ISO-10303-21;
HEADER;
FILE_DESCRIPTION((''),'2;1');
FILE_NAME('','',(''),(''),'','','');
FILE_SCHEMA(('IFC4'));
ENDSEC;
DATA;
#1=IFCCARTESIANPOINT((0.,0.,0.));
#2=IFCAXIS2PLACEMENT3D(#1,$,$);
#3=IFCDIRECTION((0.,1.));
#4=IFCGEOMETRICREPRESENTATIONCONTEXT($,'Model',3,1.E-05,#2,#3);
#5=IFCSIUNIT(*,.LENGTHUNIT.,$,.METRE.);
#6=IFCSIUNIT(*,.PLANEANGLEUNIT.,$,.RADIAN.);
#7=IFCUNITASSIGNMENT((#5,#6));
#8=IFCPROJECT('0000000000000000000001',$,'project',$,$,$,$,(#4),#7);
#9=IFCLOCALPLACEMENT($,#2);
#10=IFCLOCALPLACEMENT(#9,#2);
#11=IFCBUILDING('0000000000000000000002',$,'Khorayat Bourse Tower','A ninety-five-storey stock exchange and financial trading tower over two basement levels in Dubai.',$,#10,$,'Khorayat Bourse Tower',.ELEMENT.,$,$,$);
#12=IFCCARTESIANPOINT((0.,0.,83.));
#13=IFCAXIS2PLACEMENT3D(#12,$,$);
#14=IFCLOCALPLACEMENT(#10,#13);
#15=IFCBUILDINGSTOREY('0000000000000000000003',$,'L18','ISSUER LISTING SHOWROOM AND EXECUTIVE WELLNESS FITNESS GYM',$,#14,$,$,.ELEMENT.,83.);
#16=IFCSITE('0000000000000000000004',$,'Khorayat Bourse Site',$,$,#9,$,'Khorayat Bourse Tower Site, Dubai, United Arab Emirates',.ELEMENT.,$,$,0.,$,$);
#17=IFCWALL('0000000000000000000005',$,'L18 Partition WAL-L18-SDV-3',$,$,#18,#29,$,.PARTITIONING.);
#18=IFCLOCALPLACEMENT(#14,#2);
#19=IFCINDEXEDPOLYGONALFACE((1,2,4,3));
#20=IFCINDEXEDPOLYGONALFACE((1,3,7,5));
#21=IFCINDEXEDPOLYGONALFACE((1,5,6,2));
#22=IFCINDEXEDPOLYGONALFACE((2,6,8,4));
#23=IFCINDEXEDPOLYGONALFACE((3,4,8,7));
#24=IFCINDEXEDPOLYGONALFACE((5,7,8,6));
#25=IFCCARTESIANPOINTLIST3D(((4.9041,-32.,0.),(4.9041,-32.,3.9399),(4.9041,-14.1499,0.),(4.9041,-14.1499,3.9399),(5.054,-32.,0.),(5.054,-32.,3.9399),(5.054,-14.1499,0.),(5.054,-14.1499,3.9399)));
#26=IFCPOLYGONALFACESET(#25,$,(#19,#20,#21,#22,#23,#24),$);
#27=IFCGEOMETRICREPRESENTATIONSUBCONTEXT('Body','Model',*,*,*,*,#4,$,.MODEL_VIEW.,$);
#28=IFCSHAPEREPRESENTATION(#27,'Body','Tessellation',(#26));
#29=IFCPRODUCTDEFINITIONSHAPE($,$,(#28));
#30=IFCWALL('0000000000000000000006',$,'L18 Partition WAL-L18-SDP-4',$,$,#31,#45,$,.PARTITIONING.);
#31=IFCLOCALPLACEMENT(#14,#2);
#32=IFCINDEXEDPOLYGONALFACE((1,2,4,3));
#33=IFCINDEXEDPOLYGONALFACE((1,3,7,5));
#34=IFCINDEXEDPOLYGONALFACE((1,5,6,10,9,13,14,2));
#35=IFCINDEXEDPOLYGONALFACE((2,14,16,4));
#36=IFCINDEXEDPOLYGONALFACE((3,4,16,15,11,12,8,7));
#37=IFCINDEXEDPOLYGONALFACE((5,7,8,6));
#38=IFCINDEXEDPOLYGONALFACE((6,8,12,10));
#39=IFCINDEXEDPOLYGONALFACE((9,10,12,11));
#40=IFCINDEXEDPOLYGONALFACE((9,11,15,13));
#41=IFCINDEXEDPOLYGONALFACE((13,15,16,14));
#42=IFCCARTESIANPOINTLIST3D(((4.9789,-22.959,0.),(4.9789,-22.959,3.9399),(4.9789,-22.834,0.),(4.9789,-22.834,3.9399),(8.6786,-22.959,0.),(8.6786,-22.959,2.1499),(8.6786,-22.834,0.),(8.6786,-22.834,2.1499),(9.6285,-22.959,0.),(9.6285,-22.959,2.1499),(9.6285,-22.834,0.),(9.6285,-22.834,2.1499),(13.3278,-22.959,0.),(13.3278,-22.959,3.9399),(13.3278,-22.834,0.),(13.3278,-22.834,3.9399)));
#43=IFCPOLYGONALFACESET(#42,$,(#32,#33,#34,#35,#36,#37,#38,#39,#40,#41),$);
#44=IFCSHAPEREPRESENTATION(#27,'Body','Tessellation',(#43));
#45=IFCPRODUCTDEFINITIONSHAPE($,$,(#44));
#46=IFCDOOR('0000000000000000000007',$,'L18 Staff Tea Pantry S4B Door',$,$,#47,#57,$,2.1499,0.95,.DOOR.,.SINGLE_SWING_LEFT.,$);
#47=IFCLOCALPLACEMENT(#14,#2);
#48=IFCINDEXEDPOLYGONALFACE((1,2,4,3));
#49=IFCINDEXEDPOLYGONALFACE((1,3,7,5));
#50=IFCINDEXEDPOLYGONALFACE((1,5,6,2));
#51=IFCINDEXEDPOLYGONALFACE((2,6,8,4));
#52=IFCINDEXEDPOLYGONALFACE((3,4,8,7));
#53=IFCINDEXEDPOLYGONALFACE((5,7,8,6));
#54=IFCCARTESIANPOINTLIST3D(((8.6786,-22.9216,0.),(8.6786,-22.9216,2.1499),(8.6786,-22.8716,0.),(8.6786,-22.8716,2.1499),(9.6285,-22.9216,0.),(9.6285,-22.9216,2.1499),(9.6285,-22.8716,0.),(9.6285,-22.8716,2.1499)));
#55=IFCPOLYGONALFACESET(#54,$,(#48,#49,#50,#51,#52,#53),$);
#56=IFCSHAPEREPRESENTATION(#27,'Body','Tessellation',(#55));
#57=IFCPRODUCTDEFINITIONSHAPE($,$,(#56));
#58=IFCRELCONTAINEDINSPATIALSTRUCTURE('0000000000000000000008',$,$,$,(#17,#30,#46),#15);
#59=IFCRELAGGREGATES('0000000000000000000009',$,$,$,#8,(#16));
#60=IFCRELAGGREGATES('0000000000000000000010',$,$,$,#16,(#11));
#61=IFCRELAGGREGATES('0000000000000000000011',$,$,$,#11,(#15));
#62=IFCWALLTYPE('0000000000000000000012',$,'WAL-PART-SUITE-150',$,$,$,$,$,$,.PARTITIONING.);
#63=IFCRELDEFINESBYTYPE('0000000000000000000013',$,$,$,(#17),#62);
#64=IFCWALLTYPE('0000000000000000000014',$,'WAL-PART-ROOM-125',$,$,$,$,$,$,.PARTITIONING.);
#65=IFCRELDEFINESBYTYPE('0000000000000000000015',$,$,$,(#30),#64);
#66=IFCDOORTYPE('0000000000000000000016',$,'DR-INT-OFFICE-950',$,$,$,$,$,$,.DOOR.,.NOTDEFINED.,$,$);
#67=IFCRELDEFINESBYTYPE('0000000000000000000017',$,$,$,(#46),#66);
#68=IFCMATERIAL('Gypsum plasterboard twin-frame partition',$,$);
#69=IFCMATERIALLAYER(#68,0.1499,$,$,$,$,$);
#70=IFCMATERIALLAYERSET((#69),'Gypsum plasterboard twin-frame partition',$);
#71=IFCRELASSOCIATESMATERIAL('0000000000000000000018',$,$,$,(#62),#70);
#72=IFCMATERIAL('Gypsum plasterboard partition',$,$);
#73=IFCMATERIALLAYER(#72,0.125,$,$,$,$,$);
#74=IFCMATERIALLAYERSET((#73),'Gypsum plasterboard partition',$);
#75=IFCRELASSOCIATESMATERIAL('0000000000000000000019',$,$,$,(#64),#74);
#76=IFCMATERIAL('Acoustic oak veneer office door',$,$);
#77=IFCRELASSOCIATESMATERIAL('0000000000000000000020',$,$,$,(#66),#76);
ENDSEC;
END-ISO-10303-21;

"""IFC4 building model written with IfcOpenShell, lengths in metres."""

from ifc_helpers import new_model, si_unit, direction, frame, frame_2d, origin, place, context, subcontext, project, spatial, rectangle, extrude, source, transform, mapped, material, layer, layer_set, type_object, element, fill, save


model = new_model("IFC4")

# Units and contexts
model_context = context("Model", 3, precision=1e-05, world=origin(), true_north=direction((0.0, 1.0)))
body_context = subcontext(model_context, "Body", "Model", "MODEL_VIEW")
ifc_project = project(units=[si_unit("LENGTHUNIT", "METRE"), si_unit("PLANEANGLEUNIT", "RADIAN")], contexts=[model_context])

# Site, building, storey
site_placement = place(None, origin())
site = spatial("IfcSite", under=ifc_project, at=site_placement, Name="Khorayat Bourse Site", LongName="Khorayat Bourse Tower Site, Dubai, United Arab Emirates", CompositionType="ELEMENT", RefElevation=0.0)
building_placement = place(site_placement, origin())
building = spatial("IfcBuilding", under=site, at=building_placement, Name="Khorayat Bourse Tower", Description="A ninety-five-storey stock exchange and financial trading tower over two basement levels in Dubai.", LongName="Khorayat Bourse Tower", CompositionType="ELEMENT")
storey_placement = place(building_placement, frame((0.0, 0.0, 83.0)))
storey = spatial("IfcBuildingStorey", under=building, at=storey_placement, Name="L18", Description="ISSUER LISTING SHOWROOM AND EXECUTIVE WELLNESS FITNESS GYM", CompositionType="ELEMENT", Elevation=83.0)

# Wall
ifc_material_1 = material(Name="Gypsum plasterboard twin-frame partition")
ifc_layer_1 = layer(ifc_material_1, 0.1499)
ifc_layer_set_1 = layer_set([ifc_layer_1], Name="Gypsum plasterboard twin-frame partition")
wall_type_1 = type_object("IfcWallType", Name="WAL-PART-SUITE-150", PredefinedType="PARTITIONING", material=ifc_layer_set_1)
shared_shape_1 = source(origin(), body_context, "Body", "SweptSolid", [
    extrude(rectangle(XDim=17.8501, YDim=0.1499, at=frame_2d((8.925, 0.0))), origin(), (0.0, 0.0, 1.0), 3.9399),
])
wall_1_placement = place(storey_placement, frame((4.979, -32.0, 0.0), z_axis=(0.0, 0.0, 1.0), x_axis=(0.0, 1.0, 0.0)))
element("IfcWall", 1, at=wall_1_placement, inside=storey, type_object=wall_type_1, Name="L18 Partition WAL-L18-SDV-3", PredefinedType="PARTITIONING", context=body_context, shape_type="MappedRepresentation", body=[
    mapped(shared_shape_1, transform((0.0, 0.0, 0.0), scale=1.0)),
])

# Wall, opening, door
ifc_material_2 = material(Name="Gypsum plasterboard partition")
ifc_layer_2 = layer(ifc_material_2, 0.125)
ifc_layer_set_2 = layer_set([ifc_layer_2], Name="Gypsum plasterboard partition")
wall_type_2 = type_object("IfcWallType", Name="WAL-PART-ROOM-125", PredefinedType="PARTITIONING", material=ifc_layer_set_2)
shared_shape_2 = source(origin(), body_context, "Body", "SweptSolid", [
    extrude(rectangle(XDim=8.3489, YDim=0.125, at=frame_2d((4.1743, 0.0))), origin(), (0.0, 0.0, 1.0), 3.9399),
])
wall_2_placement = place(storey_placement, frame((4.979, -22.8965, 0.0), z_axis=(0.0, 0.0, 1.0), x_axis=(1.0, 0.0, 0.0)))
wall_2 = element("IfcWall", 2, at=wall_2_placement, inside=storey, type_object=wall_type_2, Name="L18 Partition WAL-L18-SDP-4", PredefinedType="PARTITIONING", context=body_context, shape_type="MappedRepresentation", body=[
    mapped(shared_shape_2, transform((0.0, 0.0, 0.0), scale=1.0)),
])
shared_shape_3 = source(origin(), body_context, "Body", "SweptSolid", [
    extrude(rectangle(XDim=0.95, YDim=2.1499, at=frame_2d((0.4751, 1.075))), frame((0.0, 0.0725, 0.0), z_axis=(0.0, -1.0, 0.0), x_axis=(1.0, 0.0, 0.0)), (0.0, 0.0, 1.0), 0.145),
])
opening_1_placement = place(wall_2_placement, frame((3.6995, 0.0, 0.0)))
opening_1 = element("IfcOpeningElement", 3, at=opening_1_placement, cuts=wall_2, PredefinedType="OPENING", context=body_context, shape_type="MappedRepresentation", body=[
    mapped(shared_shape_3, transform((0.0, 0.0, 0.0), scale=1.0)),
])
ifc_material_3 = material(Name="Acoustic oak veneer office door")
door_type_1 = type_object("IfcDoorType", Name="DR-INT-OFFICE-950", OperationType="NOTDEFINED", PredefinedType="DOOR", material=ifc_material_3)
shared_shape_4 = source(origin(), body_context, "Body", "SweptSolid", [
    extrude(rectangle(XDim=0.95, YDim=2.1499, at=frame_2d((0.4751, 1.075))), frame((0.0, 0.0249, 0.0), z_axis=(0.0, -1.0, 0.0), x_axis=(1.0, 0.0, 0.0)), (0.0, 0.0, 1.0), 0.05),
])
door_1_placement = place(opening_1_placement, origin())
door_1 = element("IfcDoor", 4, at=door_1_placement, inside=storey, type_object=door_type_1, Name="L18 Staff Tea Pantry S4B Door", OperationType="SINGLE_SWING_LEFT", OverallHeight=2.1499, OverallWidth=0.95, PredefinedType="DOOR", context=body_context, shape_type="MappedRepresentation", body=[
    mapped(shared_shape_4, transform((0.0, 0.0, 0.0), scale=1.0)),
])
fill(opening_1, door_1)

save(model, "model.ifc")
